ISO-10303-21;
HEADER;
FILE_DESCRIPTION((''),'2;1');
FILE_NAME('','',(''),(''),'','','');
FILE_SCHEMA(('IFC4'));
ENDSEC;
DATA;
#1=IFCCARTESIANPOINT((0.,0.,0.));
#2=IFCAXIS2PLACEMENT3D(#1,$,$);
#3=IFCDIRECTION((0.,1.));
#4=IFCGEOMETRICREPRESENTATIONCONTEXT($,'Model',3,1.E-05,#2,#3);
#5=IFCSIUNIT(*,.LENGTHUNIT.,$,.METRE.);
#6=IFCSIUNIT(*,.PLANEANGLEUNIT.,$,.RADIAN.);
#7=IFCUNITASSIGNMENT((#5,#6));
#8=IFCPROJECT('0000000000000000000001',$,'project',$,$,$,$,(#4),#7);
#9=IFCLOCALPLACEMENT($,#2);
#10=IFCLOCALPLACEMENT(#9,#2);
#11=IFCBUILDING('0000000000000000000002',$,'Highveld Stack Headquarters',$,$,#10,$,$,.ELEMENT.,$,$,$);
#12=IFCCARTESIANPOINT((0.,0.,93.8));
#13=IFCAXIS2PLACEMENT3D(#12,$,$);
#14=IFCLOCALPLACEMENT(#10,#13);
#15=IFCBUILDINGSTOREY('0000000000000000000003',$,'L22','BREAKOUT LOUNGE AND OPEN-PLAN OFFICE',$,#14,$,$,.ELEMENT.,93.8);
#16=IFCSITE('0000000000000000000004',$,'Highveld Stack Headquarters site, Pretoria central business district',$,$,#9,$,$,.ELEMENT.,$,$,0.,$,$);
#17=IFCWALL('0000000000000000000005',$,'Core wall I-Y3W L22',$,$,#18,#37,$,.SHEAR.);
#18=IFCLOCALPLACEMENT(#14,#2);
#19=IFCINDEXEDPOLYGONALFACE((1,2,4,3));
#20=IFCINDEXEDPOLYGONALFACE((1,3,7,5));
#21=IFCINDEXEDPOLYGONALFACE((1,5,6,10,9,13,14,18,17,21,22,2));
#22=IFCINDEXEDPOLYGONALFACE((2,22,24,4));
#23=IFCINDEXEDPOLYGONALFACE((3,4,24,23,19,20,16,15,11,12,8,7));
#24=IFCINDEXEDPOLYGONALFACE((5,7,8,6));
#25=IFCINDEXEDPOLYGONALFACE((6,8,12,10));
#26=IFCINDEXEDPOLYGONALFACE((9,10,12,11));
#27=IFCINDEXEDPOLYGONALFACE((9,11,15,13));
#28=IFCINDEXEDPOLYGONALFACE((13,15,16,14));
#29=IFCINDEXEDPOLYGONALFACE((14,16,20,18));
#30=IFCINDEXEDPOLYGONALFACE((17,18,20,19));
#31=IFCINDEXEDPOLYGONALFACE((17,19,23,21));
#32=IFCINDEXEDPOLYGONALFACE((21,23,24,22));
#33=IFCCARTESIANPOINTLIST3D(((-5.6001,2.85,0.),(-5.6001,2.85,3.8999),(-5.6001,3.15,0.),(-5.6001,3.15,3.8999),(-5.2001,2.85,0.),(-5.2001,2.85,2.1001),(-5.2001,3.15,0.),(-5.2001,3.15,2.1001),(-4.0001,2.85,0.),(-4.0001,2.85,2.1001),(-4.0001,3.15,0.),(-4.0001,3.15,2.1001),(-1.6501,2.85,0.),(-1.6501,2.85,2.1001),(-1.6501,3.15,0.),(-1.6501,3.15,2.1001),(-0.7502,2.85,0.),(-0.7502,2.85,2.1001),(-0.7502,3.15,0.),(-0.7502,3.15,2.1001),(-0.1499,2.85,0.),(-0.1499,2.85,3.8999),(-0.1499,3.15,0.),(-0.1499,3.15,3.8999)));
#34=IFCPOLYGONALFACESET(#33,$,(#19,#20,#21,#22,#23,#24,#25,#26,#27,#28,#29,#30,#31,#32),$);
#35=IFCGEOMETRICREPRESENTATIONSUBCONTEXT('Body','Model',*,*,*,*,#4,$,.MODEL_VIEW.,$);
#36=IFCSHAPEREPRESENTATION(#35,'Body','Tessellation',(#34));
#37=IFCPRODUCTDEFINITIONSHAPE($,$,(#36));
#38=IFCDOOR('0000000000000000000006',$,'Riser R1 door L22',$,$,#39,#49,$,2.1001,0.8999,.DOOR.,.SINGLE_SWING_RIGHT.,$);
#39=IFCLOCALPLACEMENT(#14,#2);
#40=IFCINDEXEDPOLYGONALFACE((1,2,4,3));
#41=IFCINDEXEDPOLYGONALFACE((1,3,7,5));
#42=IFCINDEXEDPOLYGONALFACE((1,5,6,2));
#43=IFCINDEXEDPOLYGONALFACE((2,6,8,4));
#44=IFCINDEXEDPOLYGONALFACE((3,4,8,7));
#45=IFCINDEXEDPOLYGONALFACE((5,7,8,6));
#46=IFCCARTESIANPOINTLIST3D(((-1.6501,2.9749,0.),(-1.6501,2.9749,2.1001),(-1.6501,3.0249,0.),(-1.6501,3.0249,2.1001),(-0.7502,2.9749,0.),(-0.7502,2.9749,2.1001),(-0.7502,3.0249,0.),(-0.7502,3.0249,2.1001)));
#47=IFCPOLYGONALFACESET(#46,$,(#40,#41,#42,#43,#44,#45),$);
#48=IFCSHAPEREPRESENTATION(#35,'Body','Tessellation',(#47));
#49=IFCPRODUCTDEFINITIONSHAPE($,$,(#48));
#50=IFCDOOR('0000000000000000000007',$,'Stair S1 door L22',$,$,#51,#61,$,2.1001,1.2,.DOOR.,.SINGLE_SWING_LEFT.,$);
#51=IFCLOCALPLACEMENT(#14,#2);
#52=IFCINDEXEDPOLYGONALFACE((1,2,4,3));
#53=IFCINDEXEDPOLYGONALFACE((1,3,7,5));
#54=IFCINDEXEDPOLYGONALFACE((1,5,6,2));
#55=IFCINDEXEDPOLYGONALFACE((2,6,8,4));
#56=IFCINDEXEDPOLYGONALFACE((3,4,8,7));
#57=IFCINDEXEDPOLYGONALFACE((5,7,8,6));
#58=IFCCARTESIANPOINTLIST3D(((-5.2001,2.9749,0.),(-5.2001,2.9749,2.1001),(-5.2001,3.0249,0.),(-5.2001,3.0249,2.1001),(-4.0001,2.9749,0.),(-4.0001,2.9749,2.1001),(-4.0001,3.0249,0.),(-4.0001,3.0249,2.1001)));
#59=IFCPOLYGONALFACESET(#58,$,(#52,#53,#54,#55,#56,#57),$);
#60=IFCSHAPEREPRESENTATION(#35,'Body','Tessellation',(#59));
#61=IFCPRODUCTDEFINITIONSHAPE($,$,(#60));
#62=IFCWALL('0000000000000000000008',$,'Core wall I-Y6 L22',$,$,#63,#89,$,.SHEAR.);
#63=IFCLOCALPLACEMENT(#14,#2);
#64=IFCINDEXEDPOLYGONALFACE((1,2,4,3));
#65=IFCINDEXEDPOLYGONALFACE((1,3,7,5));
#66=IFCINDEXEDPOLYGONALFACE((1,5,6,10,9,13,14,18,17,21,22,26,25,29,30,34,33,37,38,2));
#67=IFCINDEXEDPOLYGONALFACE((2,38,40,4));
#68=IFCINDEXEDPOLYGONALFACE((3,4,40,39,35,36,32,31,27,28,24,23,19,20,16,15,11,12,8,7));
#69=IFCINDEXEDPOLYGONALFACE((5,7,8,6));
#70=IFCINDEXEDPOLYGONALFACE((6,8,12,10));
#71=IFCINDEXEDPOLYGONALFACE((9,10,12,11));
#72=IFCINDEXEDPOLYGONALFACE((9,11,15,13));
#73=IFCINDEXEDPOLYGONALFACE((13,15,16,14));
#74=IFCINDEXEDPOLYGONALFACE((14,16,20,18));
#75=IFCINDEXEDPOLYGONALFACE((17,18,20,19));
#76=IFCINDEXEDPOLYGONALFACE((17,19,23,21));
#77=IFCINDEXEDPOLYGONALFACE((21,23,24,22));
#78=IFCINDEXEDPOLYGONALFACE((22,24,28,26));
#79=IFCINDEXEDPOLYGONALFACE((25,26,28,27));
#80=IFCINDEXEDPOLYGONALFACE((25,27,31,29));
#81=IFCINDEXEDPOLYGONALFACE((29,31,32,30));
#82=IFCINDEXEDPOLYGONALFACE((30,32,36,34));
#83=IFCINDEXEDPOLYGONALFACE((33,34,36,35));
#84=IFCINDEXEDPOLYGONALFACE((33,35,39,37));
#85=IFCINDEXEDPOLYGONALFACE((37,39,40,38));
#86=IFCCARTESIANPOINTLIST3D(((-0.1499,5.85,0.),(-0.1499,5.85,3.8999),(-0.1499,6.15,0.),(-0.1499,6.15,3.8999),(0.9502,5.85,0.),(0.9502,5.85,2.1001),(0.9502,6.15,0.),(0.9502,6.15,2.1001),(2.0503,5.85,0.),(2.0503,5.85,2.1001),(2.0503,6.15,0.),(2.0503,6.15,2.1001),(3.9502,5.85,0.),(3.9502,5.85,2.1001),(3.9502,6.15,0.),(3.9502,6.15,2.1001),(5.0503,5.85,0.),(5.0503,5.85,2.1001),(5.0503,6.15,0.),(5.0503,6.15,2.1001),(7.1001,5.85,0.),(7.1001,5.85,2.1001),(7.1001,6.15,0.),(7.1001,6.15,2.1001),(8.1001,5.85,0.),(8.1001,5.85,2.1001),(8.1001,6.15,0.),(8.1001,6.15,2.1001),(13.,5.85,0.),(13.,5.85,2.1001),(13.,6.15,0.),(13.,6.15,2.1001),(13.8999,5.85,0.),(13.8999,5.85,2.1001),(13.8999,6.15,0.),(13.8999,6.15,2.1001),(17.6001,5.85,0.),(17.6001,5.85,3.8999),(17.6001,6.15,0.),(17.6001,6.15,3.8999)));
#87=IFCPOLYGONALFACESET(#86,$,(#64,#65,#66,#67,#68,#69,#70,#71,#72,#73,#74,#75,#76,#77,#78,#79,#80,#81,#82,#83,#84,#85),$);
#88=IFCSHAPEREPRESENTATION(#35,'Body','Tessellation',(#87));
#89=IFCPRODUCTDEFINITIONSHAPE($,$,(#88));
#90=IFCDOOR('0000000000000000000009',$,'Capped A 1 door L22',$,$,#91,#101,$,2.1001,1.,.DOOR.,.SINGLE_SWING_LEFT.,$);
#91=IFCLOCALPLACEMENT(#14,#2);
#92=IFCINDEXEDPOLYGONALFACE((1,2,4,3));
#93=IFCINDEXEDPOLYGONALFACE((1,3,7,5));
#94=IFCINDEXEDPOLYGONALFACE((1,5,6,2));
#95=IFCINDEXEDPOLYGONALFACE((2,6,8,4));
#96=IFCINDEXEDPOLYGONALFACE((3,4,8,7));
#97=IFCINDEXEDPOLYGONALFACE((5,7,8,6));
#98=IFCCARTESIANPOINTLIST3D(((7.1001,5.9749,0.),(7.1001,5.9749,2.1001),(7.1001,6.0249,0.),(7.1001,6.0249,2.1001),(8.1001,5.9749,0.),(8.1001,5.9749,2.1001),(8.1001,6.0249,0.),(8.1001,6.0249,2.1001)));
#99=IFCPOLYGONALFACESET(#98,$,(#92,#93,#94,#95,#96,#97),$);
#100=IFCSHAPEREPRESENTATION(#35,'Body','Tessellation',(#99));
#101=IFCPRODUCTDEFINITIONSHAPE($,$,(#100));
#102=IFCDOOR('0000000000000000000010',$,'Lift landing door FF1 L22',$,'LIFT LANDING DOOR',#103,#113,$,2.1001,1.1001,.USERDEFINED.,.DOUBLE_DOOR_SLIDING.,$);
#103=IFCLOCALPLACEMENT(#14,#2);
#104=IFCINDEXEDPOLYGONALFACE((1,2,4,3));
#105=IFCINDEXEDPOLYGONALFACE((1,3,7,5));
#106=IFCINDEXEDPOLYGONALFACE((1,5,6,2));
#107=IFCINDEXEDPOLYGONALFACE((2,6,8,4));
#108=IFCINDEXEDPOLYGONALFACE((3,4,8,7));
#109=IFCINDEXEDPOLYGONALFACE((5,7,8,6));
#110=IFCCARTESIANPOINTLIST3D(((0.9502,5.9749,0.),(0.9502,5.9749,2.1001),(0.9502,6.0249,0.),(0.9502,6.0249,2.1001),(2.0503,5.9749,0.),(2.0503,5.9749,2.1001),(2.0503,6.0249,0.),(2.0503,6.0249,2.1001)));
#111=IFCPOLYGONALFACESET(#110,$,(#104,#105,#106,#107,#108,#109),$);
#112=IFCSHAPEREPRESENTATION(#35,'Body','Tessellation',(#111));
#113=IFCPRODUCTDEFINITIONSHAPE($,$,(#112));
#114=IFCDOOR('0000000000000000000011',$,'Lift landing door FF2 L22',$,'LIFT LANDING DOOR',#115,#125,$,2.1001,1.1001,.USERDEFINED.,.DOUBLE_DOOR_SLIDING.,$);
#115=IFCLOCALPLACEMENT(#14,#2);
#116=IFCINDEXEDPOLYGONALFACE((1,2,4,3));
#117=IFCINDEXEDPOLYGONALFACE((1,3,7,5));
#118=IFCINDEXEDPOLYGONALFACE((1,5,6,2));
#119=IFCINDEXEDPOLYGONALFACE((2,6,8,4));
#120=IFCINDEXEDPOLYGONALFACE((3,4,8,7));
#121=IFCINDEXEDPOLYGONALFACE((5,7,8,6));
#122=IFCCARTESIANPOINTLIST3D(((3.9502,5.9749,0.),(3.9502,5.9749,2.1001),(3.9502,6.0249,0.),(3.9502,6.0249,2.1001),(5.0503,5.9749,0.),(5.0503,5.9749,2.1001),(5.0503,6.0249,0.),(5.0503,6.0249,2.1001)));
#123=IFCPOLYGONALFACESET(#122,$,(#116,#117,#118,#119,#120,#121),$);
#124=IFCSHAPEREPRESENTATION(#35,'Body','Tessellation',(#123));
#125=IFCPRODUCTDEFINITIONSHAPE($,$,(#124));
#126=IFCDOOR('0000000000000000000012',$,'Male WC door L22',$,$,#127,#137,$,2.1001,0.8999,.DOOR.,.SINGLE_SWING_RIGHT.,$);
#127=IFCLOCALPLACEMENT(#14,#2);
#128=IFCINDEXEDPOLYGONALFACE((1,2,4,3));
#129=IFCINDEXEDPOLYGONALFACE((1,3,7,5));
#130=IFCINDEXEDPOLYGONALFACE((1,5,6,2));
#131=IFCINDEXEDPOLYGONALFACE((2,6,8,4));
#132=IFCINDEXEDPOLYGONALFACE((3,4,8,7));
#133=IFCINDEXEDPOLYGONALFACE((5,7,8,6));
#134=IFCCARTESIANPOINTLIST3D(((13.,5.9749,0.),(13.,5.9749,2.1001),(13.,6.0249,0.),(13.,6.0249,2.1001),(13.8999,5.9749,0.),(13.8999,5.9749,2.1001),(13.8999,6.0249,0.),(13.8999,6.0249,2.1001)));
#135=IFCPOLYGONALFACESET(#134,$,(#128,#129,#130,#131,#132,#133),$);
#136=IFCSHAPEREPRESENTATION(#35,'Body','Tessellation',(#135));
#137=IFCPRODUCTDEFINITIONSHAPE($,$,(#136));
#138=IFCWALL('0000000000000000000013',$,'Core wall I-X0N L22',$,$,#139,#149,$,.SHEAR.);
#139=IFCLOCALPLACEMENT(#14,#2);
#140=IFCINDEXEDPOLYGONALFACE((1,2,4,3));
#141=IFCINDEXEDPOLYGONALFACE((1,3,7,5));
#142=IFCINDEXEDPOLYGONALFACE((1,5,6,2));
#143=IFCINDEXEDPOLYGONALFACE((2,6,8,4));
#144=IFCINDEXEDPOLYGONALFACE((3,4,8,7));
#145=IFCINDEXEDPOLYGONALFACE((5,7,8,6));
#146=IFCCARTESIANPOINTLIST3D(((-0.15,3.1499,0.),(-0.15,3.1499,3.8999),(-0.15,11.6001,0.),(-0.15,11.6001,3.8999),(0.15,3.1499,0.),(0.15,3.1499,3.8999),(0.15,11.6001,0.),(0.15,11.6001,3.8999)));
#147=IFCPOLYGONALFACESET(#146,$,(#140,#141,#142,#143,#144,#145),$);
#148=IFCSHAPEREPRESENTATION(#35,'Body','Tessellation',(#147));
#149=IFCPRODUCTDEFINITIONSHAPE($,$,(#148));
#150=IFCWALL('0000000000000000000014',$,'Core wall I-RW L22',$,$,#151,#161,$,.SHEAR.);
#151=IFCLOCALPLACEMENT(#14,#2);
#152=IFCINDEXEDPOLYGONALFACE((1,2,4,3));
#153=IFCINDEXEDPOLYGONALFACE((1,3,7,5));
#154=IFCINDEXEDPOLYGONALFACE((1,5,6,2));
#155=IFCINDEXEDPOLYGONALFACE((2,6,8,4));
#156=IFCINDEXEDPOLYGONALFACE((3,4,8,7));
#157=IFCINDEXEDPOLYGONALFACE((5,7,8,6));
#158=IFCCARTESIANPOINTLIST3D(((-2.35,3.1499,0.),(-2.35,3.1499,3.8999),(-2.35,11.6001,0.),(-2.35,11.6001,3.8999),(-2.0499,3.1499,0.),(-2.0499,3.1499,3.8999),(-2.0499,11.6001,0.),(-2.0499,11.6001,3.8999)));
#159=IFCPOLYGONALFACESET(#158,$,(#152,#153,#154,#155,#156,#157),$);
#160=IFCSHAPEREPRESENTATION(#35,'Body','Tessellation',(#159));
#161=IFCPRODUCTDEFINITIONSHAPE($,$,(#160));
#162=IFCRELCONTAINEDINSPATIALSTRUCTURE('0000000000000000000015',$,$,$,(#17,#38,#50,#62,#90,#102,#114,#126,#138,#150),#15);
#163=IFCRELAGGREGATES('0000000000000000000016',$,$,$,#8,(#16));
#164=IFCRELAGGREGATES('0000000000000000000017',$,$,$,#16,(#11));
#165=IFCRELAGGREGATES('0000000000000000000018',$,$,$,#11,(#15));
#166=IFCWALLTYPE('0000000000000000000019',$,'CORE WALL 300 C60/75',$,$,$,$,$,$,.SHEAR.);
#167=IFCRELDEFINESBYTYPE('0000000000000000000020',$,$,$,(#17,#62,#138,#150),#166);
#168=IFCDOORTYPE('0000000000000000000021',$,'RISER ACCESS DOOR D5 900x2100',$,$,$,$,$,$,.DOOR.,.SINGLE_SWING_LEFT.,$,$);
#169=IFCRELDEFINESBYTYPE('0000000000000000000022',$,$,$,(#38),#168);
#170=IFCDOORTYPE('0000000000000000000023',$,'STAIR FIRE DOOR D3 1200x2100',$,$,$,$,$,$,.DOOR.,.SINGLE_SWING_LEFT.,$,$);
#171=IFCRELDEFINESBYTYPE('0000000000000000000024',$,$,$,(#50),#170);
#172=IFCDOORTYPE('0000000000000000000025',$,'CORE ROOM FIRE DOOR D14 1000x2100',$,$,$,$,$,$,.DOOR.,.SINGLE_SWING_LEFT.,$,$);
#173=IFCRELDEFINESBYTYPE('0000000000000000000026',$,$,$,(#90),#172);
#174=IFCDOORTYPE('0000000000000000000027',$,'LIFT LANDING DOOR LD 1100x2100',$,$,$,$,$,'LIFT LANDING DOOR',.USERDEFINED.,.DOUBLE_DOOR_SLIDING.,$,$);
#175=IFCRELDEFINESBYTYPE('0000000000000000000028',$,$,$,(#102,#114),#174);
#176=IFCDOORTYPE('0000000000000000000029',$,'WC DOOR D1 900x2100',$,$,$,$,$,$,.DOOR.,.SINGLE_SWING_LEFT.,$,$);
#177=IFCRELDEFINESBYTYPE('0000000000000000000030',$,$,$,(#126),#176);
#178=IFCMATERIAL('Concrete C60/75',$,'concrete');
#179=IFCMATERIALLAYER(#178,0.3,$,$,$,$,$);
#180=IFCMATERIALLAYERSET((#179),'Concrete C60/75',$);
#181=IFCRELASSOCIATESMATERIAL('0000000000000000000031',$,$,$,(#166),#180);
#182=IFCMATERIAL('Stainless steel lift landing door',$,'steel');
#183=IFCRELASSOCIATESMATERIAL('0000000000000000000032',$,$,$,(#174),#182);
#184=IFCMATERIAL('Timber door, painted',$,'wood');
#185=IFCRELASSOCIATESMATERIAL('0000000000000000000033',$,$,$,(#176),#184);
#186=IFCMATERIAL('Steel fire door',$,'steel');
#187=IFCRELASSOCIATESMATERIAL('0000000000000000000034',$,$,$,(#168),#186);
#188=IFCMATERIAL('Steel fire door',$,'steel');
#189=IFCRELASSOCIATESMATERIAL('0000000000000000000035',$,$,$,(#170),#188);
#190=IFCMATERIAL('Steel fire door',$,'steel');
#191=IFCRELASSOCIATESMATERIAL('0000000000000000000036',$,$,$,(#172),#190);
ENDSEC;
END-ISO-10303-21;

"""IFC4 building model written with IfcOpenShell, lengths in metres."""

from ifc_helpers import new_model, si_unit, direction, frame, frame_2d, origin, place, context, subcontext, project, spatial, rectangle, extrude, material, layer, layer_set, type_object, element, fill, save


model = new_model("IFC4")

# Units and contexts
model_context = context("Model", 3, precision=1e-05, world=origin(), true_north=direction((0.0, 1.0)))
body_context = subcontext(model_context, "Body", "Model", "MODEL_VIEW")
ifc_project = project(units=[si_unit("LENGTHUNIT", "METRE"), si_unit("PLANEANGLEUNIT", "RADIAN")], contexts=[model_context])

# Site, building, storey
site_placement = place(None, origin())
site = spatial("IfcSite", under=ifc_project, at=site_placement, Name="Highveld Stack Headquarters site, Pretoria central business district", CompositionType="ELEMENT", RefElevation=0.0)
building_placement = place(site_placement, origin())
building = spatial("IfcBuilding", under=site, at=building_placement, Name="Highveld Stack Headquarters", CompositionType="ELEMENT")
storey_placement = place(building_placement, frame((0.0, 0.0, 93.8)))
storey = spatial("IfcBuildingStorey", under=building, at=storey_placement, Name="L22", Description="BREAKOUT LOUNGE AND OPEN-PLAN OFFICE", CompositionType="ELEMENT", Elevation=93.8)

# Walls, openings, doors
ifc_material_1 = material(Name="Concrete C60/75", Category="concrete")
ifc_layer_1 = layer(ifc_material_1, 0.3)
ifc_layer_set_1 = layer_set([ifc_layer_1], Name="Concrete C60/75")
wall_type_1 = type_object("IfcWallType", Name="CORE WALL 300 C60/75", PredefinedType="SHEAR", material=ifc_layer_set_1)
ifc_material_2 = material(Name="Stainless steel lift landing door", Category="steel")
door_type_1 = type_object("IfcDoorType", Name="LIFT LANDING DOOR LD 1100x2100", ElementType="LIFT LANDING DOOR", OperationType="DOUBLE_DOOR_SLIDING", PredefinedType="USERDEFINED", material=ifc_material_2)
ifc_material_3 = material(Name="Timber door, painted", Category="wood")
door_type_2 = type_object("IfcDoorType", Name="WC DOOR D1 900x2100", OperationType="SINGLE_SWING_LEFT", PredefinedType="DOOR", material=ifc_material_3)
wall_1_placement = place(storey_placement, frame((-5.6001, 3.0, 0.0), z_axis=(0.0, 0.0, 1.0), x_axis=(1.0, 0.0, 0.0)))
wall_1 = element("IfcWall", 1, at=wall_1_placement, inside=storey, type_object=wall_type_1, Name="Core wall I-Y3W L22", PredefinedType="SHEAR", context=body_context, shape_type="SweptSolid", body=[
    extrude(rectangle(XDim=5.4502, YDim=0.3, at=frame_2d((2.7251, 0.0))), origin(), (0.0, 0.0, 1.0), 3.8999),
])
opening_1_placement = place(wall_1_placement, frame((0.3999, 0.0, 0.0)))
opening_1 = element("IfcOpeningElement", 2, at=opening_1_placement, cuts=wall_1, PredefinedType="OPENING", context=body_context, shape_type="SweptSolid", body=[
    extrude(rectangle(XDim=1.2, YDim=2.1001, at=frame_2d((0.6001, 1.05))), frame((0.0, 0.1599, 0.0), z_axis=(0.0, -1.0, 0.0), x_axis=(1.0, 0.0, 0.0)), (0.0, 0.0, 1.0), 0.3201),
])
opening_2_placement = place(wall_1_placement, frame((3.95, 0.0, 0.0)))
opening_2 = element("IfcOpeningElement", 3, at=opening_2_placement, cuts=wall_1, PredefinedType="OPENING", context=body_context, shape_type="SweptSolid", body=[
    extrude(rectangle(XDim=0.8999, YDim=2.1001, at=frame_2d((0.45, 1.05))), frame((0.0, 0.1599, 0.0), z_axis=(0.0, -1.0, 0.0), x_axis=(1.0, 0.0, 0.0)), (0.0, 0.0, 1.0), 0.3201),
])
ifc_material_4 = material(Name="Steel fire door", Category="steel")
door_type_3 = type_object("IfcDoorType", Name="RISER ACCESS DOOR D5 900x2100", OperationType="SINGLE_SWING_LEFT", PredefinedType="DOOR", material=ifc_material_4)
door_1_placement = place(opening_2_placement, origin())
door_1 = element("IfcDoor", 4, at=door_1_placement, inside=storey, type_object=door_type_3, Name="Riser R1 door L22", OperationType="SINGLE_SWING_RIGHT", OverallHeight=2.1001, OverallWidth=0.8999, PredefinedType="DOOR", context=body_context, shape_type="SweptSolid", body=[
    extrude(rectangle(XDim=0.8999, YDim=2.1001, at=frame_2d((0.45, 1.05))), frame((0.0, 0.0249, 0.0), z_axis=(0.0, -1.0, 0.0), x_axis=(1.0, 0.0, 0.0)), (0.0, 0.0, 1.0), 0.05),
])
fill(opening_2, door_1)
ifc_material_5 = material(Name="Steel fire door", Category="steel")
door_type_4 = type_object("IfcDoorType", Name="STAIR FIRE DOOR D3 1200x2100", OperationType="SINGLE_SWING_LEFT", PredefinedType="DOOR", material=ifc_material_5)
door_2_placement = place(opening_1_placement, origin())
door_2 = element("IfcDoor", 5, at=door_2_placement, inside=storey, type_object=door_type_4, Name="Stair S1 door L22", OperationType="SINGLE_SWING_LEFT", OverallHeight=2.1001, OverallWidth=1.2, PredefinedType="DOOR", context=body_context, shape_type="SweptSolid", body=[
    extrude(rectangle(XDim=1.2, YDim=2.1001, at=frame_2d((0.6001, 1.05))), frame((0.0, 0.0249, 0.0), z_axis=(0.0, -1.0, 0.0), x_axis=(1.0, 0.0, 0.0)), (0.0, 0.0, 1.0), 0.05),
])
fill(opening_1, door_2)
wall_2_placement = place(storey_placement, frame((-0.1499, 6.0, 0.0), z_axis=(0.0, 0.0, 1.0), x_axis=(1.0, 0.0, 0.0)))
wall_2 = element("IfcWall", 6, at=wall_2_placement, inside=storey, type_object=wall_type_1, Name="Core wall I-Y6 L22", PredefinedType="SHEAR", context=body_context, shape_type="SweptSolid", body=[
    extrude(rectangle(XDim=17.75, YDim=0.3, at=frame_2d((8.875, 0.0))), origin(), (0.0, 0.0, 1.0), 3.8999),
])
opening_3_placement = place(wall_2_placement, frame((13.1499, 0.0, 0.0)))
opening_3 = element("IfcOpeningElement", 7, at=opening_3_placement, cuts=wall_2, PredefinedType="OPENING", context=body_context, shape_type="SweptSolid", body=[
    extrude(rectangle(XDim=0.8999, YDim=2.1001, at=frame_2d((0.45, 1.05))), frame((0.0, 0.1599, 0.0), z_axis=(0.0, -1.0, 0.0), x_axis=(1.0, 0.0, 0.0)), (0.0, 0.0, 1.0), 0.3201),
])
opening_4_placement = place(wall_2_placement, frame((7.25, 0.0, 0.0)))
opening_4 = element("IfcOpeningElement", 8, at=opening_4_placement, cuts=wall_2, PredefinedType="OPENING", context=body_context, shape_type="SweptSolid", body=[
    extrude(rectangle(XDim=1.0, YDim=2.1001, at=frame_2d((0.5, 1.05))), frame((0.0, 0.1599, 0.0), z_axis=(0.0, -1.0, 0.0), x_axis=(1.0, 0.0, 0.0)), (0.0, 0.0, 1.0), 0.3201),
])
opening_5_placement = place(wall_2_placement, frame((1.1001, 0.0, 0.0)))
opening_5 = element("IfcOpeningElement", 9, at=opening_5_placement, cuts=wall_2, PredefinedType="OPENING", context=body_context, shape_type="SweptSolid", body=[
    extrude(rectangle(XDim=1.1001, YDim=2.1001, at=frame_2d((0.55, 1.05))), frame((0.0, 0.1599, 0.0), z_axis=(0.0, -1.0, 0.0), x_axis=(1.0, 0.0, 0.0)), (0.0, 0.0, 1.0), 0.3201),
])
opening_6_placement = place(wall_2_placement, frame((4.1001, 0.0, 0.0)))
opening_6 = element("IfcOpeningElement", 10, at=opening_6_placement, cuts=wall_2, PredefinedType="OPENING", context=body_context, shape_type="SweptSolid", body=[
    extrude(rectangle(XDim=1.1001, YDim=2.1001, at=frame_2d((0.55, 1.05))), frame((0.0, 0.1599, 0.0), z_axis=(0.0, -1.0, 0.0), x_axis=(1.0, 0.0, 0.0)), (0.0, 0.0, 1.0), 0.3201),
])
ifc_material_6 = material(Name="Steel fire door", Category="steel")
door_type_5 = type_object("IfcDoorType", Name="CORE ROOM FIRE DOOR D14 1000x2100", OperationType="SINGLE_SWING_LEFT", PredefinedType="DOOR", material=ifc_material_6)
door_3_placement = place(opening_4_placement, origin())
door_3 = element("IfcDoor", 11, at=door_3_placement, inside=storey, type_object=door_type_5, Name="Capped A 1 door L22", OperationType="SINGLE_SWING_LEFT", OverallHeight=2.1001, OverallWidth=1.0, PredefinedType="DOOR", context=body_context, shape_type="SweptSolid", body=[
    extrude(rectangle(XDim=1.0, YDim=2.1001, at=frame_2d((0.5, 1.05))), frame((0.0, 0.0249, 0.0), z_axis=(0.0, -1.0, 0.0), x_axis=(1.0, 0.0, 0.0)), (0.0, 0.0, 1.0), 0.05),
])
fill(opening_4, door_3)
door_4_placement = place(opening_5_placement, origin())
door_4 = element("IfcDoor", 12, at=door_4_placement, inside=storey, type_object=door_type_1, Name="Lift landing door FF1 L22", ObjectType="LIFT LANDING DOOR", OperationType="DOUBLE_DOOR_SLIDING", OverallHeight=2.1001, OverallWidth=1.1001, PredefinedType="USERDEFINED", context=body_context, shape_type="SweptSolid", body=[
    extrude(rectangle(XDim=1.1001, YDim=2.1001, at=frame_2d((0.55, 1.05))), frame((0.0, 0.0249, 0.0), z_axis=(0.0, -1.0, 0.0), x_axis=(1.0, 0.0, 0.0)), (0.0, 0.0, 1.0), 0.05),
])
fill(opening_5, door_4)
door_5_placement = place(opening_6_placement, origin())
door_5 = element("IfcDoor", 13, at=door_5_placement, inside=storey, type_object=door_type_1, Name="Lift landing door FF2 L22", ObjectType="LIFT LANDING DOOR", OperationType="DOUBLE_DOOR_SLIDING", OverallHeight=2.1001, OverallWidth=1.1001, PredefinedType="USERDEFINED", context=body_context, shape_type="SweptSolid", body=[
    extrude(rectangle(XDim=1.1001, YDim=2.1001, at=frame_2d((0.55, 1.05))), frame((0.0, 0.0249, 0.0), z_axis=(0.0, -1.0, 0.0), x_axis=(1.0, 0.0, 0.0)), (0.0, 0.0, 1.0), 0.05),
])
fill(opening_6, door_5)
door_6_placement = place(opening_3_placement, origin())
door_6 = element("IfcDoor", 14, at=door_6_placement, inside=storey, type_object=door_type_2, Name="Male WC door L22", OperationType="SINGLE_SWING_RIGHT", OverallHeight=2.1001, OverallWidth=0.8999, PredefinedType="DOOR", context=body_context, shape_type="SweptSolid", body=[
    extrude(rectangle(XDim=0.8999, YDim=2.1001, at=frame_2d((0.45, 1.05))), frame((0.0, 0.0249, 0.0), z_axis=(0.0, -1.0, 0.0), x_axis=(1.0, 0.0, 0.0)), (0.0, 0.0, 1.0), 0.05),
])
fill(opening_3, door_6)

# Walls
for number, where, z_axis, x_axis, name in (
    (15, (0.0, 3.1499, 0.0), (0.0, 0.0, 1.0), (0.0, 1.0, 0.0), "Core wall I-X0N L22"),
    (16, (-2.2, 3.1499, 0.0), (0.0, 0.0, 1.0), (0.0, 1.0, 0.0), "Core wall I-RW L22"),
):
    element("IfcWall", number, at=place(storey_placement, frame(where, z_axis=z_axis, x_axis=x_axis)), inside=storey, type_object=wall_type_1, Name=name, PredefinedType="SHEAR", context=body_context, shape_type="SweptSolid", body=[
        extrude(rectangle(XDim=8.4502, YDim=0.3, at=frame_2d((4.2251, 0.0))), origin(), (0.0, 0.0, 1.0), 3.8999),
    ])

save(model, "model.ifc")
